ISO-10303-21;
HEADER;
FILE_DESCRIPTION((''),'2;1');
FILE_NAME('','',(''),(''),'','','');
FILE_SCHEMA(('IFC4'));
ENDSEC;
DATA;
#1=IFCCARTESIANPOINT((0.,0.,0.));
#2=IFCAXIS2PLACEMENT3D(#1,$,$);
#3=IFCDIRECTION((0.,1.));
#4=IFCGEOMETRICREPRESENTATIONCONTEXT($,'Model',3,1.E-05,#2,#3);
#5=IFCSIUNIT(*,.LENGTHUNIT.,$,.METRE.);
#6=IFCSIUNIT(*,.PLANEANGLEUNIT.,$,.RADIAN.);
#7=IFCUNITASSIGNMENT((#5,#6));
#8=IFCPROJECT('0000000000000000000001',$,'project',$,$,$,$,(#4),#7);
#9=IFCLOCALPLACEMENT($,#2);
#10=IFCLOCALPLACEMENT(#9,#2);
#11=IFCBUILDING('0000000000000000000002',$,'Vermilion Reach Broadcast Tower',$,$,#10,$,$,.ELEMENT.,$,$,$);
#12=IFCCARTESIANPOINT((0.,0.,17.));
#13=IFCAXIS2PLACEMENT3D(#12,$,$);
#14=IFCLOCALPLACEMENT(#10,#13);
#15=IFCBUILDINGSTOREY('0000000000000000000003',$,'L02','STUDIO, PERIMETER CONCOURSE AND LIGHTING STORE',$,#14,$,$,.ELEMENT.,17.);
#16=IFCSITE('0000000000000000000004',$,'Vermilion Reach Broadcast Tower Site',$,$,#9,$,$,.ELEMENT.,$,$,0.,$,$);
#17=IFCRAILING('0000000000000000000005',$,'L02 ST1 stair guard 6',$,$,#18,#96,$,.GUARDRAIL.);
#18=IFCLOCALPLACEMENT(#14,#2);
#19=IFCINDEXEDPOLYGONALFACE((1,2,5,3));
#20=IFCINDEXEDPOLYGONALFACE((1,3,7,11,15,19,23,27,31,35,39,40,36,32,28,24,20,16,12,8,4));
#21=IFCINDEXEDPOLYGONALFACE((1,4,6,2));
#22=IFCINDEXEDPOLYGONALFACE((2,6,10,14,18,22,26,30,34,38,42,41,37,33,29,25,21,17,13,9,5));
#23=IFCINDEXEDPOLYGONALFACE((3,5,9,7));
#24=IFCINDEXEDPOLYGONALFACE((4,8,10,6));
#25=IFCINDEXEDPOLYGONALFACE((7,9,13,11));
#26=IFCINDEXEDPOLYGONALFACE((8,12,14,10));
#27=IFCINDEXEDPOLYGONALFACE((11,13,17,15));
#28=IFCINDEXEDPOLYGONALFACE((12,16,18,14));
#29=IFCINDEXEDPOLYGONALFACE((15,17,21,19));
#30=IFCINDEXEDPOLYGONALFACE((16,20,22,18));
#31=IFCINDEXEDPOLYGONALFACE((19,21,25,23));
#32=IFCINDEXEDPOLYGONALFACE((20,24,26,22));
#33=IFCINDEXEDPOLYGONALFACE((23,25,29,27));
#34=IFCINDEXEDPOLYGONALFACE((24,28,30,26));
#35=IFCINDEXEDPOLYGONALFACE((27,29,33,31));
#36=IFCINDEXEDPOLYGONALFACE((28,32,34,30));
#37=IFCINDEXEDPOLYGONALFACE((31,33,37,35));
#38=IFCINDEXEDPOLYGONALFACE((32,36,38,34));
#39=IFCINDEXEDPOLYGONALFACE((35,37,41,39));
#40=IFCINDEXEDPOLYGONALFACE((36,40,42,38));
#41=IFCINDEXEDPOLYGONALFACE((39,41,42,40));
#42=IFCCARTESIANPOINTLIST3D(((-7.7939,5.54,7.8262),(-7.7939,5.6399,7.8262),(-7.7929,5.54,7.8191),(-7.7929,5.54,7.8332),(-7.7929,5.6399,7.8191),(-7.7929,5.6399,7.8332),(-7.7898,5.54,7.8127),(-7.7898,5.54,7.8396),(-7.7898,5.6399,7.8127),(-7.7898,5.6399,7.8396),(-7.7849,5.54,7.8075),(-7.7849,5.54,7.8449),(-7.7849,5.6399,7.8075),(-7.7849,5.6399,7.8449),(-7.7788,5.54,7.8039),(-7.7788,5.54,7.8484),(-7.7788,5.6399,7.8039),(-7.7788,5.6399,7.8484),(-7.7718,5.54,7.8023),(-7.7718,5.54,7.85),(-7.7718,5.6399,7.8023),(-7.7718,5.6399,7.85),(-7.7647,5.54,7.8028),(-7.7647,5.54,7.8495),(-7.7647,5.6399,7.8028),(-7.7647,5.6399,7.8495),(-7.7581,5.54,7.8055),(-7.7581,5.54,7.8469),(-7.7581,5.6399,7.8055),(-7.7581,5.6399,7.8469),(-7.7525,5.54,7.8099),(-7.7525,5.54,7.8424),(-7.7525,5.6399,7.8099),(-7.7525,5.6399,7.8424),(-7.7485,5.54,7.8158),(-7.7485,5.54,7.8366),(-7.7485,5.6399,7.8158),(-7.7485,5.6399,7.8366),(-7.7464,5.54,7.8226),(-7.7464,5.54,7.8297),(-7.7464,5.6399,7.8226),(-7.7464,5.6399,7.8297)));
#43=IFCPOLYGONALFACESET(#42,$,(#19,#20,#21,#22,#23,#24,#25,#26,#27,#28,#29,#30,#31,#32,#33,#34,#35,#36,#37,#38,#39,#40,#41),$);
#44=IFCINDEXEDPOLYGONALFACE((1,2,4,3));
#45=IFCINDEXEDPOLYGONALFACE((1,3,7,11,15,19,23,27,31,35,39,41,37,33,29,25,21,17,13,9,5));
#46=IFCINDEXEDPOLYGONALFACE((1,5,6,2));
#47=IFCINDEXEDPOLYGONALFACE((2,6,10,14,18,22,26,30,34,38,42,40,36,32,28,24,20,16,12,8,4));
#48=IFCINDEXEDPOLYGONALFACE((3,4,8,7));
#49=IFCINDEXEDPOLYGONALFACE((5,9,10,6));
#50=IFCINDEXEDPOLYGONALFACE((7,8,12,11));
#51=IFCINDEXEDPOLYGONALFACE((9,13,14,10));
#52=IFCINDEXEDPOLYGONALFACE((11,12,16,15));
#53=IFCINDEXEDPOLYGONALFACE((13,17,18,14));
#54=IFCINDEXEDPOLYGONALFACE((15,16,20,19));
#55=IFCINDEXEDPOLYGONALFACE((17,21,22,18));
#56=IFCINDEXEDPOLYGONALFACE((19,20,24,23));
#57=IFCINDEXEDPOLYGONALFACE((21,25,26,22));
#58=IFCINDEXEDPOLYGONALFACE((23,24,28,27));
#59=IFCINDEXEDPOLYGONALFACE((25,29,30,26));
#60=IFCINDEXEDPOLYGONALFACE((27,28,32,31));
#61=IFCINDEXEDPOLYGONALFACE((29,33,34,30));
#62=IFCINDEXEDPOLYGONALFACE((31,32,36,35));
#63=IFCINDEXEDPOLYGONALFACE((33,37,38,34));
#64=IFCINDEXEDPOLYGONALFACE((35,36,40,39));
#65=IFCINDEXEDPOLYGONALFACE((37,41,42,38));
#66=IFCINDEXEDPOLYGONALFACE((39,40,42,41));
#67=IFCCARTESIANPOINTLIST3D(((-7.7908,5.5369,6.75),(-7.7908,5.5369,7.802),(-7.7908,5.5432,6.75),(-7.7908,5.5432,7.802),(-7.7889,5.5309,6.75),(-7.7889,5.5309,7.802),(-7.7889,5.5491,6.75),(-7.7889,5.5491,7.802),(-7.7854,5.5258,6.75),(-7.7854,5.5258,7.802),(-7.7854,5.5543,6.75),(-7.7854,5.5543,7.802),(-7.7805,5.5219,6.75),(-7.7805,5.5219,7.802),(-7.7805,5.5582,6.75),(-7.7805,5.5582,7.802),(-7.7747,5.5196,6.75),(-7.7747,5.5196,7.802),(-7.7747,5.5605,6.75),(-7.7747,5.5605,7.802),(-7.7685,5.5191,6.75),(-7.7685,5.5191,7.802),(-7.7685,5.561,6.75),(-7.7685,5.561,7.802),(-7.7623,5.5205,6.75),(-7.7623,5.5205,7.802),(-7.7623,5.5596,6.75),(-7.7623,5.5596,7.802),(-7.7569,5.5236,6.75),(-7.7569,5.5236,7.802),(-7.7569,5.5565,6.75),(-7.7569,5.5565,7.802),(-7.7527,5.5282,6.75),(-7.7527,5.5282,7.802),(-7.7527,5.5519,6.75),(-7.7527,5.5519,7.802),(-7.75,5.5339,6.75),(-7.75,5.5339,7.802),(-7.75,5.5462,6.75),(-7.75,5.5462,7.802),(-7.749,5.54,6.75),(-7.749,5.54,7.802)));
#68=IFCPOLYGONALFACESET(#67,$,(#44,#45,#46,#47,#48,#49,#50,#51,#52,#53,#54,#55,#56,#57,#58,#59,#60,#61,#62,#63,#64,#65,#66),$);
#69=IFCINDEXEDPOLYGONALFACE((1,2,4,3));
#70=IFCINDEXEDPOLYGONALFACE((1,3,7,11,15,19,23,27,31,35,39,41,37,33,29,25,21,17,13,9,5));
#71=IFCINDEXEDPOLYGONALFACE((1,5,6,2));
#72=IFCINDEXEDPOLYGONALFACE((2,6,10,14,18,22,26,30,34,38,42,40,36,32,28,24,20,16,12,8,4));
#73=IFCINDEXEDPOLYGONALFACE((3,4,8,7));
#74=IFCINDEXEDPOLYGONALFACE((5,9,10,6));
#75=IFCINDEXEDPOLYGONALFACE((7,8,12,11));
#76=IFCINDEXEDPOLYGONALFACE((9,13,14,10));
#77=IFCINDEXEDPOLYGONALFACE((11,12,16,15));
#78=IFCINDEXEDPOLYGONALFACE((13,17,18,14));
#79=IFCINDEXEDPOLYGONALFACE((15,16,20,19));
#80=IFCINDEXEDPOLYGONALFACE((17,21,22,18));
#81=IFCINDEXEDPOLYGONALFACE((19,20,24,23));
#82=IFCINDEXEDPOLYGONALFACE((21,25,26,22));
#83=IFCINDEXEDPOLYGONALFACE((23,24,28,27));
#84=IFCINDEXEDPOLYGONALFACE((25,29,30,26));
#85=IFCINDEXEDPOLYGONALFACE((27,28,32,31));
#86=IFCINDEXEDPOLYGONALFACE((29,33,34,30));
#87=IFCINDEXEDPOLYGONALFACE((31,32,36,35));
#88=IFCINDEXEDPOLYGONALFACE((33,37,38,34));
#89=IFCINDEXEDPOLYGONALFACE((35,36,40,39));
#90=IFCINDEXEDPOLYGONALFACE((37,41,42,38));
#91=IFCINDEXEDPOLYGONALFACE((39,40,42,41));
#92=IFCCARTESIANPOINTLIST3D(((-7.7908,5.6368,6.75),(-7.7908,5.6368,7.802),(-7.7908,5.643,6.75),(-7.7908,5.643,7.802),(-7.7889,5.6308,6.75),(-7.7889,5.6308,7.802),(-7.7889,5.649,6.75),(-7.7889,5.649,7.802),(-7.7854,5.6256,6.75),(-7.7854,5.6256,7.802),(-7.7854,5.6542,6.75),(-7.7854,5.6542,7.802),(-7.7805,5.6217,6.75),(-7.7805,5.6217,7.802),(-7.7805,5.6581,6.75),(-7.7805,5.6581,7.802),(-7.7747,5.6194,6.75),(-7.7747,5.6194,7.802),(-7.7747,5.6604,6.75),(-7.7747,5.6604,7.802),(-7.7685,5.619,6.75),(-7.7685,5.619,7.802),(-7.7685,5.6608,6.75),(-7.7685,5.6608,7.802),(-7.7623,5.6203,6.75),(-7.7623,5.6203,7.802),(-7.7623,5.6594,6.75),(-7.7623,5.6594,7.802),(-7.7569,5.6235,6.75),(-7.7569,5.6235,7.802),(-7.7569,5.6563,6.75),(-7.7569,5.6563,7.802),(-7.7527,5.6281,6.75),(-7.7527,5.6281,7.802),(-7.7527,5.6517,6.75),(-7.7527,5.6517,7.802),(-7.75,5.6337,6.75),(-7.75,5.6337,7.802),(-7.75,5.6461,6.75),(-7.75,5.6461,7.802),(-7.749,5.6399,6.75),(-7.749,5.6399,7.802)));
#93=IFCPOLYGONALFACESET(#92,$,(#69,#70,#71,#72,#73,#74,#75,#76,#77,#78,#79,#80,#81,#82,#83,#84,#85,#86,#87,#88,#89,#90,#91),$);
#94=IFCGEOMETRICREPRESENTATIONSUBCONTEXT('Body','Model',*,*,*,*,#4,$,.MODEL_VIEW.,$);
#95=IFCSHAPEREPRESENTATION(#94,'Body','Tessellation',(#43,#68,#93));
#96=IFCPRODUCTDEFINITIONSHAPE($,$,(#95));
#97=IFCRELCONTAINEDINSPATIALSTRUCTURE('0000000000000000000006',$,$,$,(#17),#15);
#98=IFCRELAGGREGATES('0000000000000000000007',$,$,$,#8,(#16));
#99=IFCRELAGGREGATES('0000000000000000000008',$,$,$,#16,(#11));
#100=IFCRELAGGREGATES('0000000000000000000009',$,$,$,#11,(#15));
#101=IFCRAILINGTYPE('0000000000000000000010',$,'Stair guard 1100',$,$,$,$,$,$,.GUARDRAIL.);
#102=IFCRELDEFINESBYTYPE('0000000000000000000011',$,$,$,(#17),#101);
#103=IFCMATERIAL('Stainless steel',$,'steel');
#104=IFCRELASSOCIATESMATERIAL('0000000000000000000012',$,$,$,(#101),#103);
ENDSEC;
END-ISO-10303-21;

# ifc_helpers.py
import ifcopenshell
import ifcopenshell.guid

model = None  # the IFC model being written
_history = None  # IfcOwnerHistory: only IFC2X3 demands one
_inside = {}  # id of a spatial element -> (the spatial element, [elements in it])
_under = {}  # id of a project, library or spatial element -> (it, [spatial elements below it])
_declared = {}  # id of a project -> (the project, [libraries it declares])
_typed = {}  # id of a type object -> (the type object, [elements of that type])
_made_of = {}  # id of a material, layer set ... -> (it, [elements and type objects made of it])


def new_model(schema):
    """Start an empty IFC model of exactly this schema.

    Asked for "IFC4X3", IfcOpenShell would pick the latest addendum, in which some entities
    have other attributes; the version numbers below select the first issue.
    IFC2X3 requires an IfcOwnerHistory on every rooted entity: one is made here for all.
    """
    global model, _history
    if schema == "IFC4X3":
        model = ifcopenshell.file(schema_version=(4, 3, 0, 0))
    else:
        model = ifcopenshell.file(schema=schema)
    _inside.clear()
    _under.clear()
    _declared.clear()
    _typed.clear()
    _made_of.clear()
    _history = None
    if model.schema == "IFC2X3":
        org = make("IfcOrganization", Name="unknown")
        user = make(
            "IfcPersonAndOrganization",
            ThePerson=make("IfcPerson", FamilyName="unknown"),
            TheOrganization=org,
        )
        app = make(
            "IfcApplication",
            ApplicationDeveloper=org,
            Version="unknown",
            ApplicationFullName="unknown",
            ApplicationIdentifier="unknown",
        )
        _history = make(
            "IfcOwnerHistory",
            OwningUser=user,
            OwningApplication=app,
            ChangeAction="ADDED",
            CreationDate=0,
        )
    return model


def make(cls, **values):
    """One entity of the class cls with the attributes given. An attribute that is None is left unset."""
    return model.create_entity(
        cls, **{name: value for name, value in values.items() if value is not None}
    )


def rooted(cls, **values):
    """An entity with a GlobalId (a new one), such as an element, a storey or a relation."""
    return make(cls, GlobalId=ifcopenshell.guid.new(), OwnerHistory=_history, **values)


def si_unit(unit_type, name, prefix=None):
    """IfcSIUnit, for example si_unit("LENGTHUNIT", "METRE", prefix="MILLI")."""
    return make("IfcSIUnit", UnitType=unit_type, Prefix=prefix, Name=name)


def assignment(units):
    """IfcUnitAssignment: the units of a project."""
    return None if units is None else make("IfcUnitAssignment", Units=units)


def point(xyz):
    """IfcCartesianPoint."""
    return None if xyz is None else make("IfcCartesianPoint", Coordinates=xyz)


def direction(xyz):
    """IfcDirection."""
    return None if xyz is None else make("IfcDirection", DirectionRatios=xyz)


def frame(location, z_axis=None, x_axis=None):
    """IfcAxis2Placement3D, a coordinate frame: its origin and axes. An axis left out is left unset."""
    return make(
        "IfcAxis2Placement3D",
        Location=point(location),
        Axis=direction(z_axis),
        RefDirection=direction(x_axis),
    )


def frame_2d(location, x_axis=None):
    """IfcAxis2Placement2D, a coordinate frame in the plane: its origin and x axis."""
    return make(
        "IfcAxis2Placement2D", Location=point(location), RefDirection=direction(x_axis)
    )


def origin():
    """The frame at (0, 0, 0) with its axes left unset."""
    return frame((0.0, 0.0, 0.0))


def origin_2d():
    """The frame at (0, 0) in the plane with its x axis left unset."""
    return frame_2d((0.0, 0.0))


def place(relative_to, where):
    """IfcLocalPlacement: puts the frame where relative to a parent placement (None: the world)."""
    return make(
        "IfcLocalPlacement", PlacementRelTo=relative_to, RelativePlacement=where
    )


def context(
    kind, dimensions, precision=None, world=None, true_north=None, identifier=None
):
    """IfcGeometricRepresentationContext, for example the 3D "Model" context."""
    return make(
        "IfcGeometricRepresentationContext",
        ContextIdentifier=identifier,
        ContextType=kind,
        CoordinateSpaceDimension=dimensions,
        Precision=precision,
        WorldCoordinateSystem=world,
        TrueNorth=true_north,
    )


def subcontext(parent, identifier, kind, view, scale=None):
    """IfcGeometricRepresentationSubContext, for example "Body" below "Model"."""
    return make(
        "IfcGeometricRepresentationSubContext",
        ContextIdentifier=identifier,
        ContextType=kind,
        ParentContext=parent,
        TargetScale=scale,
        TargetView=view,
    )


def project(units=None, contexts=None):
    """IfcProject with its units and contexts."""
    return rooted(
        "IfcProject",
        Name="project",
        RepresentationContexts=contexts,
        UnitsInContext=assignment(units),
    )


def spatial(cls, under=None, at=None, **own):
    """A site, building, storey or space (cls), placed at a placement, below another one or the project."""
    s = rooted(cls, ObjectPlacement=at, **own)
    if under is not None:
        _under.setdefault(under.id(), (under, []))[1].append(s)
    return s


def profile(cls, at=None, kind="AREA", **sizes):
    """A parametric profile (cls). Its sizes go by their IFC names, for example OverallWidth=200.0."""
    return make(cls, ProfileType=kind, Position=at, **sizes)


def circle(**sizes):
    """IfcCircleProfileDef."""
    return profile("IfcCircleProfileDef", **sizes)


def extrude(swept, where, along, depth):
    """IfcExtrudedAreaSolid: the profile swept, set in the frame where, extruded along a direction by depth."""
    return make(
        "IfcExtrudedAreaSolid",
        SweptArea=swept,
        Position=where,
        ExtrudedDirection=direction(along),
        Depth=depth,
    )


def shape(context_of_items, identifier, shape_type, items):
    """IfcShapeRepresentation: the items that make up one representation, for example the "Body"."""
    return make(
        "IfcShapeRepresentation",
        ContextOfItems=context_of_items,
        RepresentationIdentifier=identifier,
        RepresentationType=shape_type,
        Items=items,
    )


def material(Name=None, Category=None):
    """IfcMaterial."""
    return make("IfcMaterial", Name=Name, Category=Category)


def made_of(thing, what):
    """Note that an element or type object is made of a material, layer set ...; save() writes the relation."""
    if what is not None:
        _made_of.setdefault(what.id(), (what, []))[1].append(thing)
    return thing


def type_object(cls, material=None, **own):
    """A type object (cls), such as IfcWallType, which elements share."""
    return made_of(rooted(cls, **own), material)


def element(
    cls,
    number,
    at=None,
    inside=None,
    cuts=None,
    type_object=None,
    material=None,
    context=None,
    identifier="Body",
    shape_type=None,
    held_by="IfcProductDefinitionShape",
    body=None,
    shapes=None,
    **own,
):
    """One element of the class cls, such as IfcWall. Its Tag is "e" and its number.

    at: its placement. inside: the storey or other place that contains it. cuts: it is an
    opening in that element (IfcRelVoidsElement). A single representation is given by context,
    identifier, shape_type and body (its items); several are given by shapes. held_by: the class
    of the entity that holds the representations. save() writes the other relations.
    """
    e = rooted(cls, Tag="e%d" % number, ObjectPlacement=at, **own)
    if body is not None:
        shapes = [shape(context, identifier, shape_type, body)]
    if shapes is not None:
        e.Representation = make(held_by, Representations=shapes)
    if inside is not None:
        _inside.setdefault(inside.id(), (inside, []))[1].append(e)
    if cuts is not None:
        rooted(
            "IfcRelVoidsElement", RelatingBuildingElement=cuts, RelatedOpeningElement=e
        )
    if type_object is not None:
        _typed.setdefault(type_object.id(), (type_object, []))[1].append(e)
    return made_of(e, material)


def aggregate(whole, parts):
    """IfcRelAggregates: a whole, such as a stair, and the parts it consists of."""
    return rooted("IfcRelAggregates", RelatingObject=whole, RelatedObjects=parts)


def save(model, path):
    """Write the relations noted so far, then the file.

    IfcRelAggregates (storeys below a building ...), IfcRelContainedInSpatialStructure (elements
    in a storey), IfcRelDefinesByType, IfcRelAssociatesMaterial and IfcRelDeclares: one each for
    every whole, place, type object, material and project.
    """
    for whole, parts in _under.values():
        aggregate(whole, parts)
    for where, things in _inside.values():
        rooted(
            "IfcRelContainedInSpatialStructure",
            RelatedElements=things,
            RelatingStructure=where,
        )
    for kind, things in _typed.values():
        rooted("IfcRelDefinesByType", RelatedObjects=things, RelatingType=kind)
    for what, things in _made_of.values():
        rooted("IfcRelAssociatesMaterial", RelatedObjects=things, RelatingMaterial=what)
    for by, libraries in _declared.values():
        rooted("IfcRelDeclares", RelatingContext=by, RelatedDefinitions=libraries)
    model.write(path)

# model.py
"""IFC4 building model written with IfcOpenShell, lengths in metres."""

from ifc_helpers import new_model, si_unit, direction, frame, origin, origin_2d, place, context, subcontext, project, spatial, circle, extrude, material, type_object, element, save


model = new_model("IFC4")

# Units and contexts
model_context = context("Model", 3, precision=1e-05, world=origin(), true_north=direction((0.0, 1.0)))
body_context = subcontext(model_context, "Body", "Model", "MODEL_VIEW")
ifc_project = project(units=[si_unit("LENGTHUNIT", "METRE"), si_unit("PLANEANGLEUNIT", "RADIAN")], contexts=[model_context])

# Site, building, storey
site_placement = place(None, origin())
site = spatial("IfcSite", under=ifc_project, at=site_placement, Name="Vermilion Reach Broadcast Tower Site", CompositionType="ELEMENT", RefElevation=0.0)
building_placement = place(site_placement, origin())
building = spatial("IfcBuilding", under=site, at=building_placement, Name="Vermilion Reach Broadcast Tower", CompositionType="ELEMENT")
storey_placement = place(building_placement, frame((0.0, 0.0, 17.0)))
storey = spatial("IfcBuildingStorey", under=building, at=storey_placement, Name="L02", Description="STUDIO, PERIMETER CONCOURSE AND LIGHTING STORE", CompositionType="ELEMENT", Elevation=17.0)

# Railing
ifc_material_1 = material(Name="Stainless steel", Category="steel")
railing_type_1 = type_object("IfcRailingType", Name="Stair guard 1100", PredefinedType="GUARDRAIL", material=ifc_material_1)
railing_1_placement = place(storey_placement, frame((-7.77, 5.54, 6.75)))
element("IfcRailing", 1, at=railing_1_placement, inside=storey, type_object=railing_type_1, Name="L02 ST1 stair guard 6", PredefinedType="GUARDRAIL", context=body_context, shape_type="SweptSolid", body=[
    extrude(circle(Radius=0.0239, at=origin_2d()), frame((0.0, 0.0, 1.0762), z_axis=(0.0, 1.0, 0.0), x_axis=(-1.0, 0.0, 0.0)), (0.0, 0.0, 1.0), 0.0999),
    extrude(circle(Radius=0.021, at=origin_2d()), origin(), (0.0, 0.0, 1.0), 1.052),
    extrude(circle(Radius=0.021, at=origin_2d()), frame((0.0, 0.0999, 0.0)), (0.0, 0.0, 1.0), 1.052),
])

save(model, "model.ifc")
